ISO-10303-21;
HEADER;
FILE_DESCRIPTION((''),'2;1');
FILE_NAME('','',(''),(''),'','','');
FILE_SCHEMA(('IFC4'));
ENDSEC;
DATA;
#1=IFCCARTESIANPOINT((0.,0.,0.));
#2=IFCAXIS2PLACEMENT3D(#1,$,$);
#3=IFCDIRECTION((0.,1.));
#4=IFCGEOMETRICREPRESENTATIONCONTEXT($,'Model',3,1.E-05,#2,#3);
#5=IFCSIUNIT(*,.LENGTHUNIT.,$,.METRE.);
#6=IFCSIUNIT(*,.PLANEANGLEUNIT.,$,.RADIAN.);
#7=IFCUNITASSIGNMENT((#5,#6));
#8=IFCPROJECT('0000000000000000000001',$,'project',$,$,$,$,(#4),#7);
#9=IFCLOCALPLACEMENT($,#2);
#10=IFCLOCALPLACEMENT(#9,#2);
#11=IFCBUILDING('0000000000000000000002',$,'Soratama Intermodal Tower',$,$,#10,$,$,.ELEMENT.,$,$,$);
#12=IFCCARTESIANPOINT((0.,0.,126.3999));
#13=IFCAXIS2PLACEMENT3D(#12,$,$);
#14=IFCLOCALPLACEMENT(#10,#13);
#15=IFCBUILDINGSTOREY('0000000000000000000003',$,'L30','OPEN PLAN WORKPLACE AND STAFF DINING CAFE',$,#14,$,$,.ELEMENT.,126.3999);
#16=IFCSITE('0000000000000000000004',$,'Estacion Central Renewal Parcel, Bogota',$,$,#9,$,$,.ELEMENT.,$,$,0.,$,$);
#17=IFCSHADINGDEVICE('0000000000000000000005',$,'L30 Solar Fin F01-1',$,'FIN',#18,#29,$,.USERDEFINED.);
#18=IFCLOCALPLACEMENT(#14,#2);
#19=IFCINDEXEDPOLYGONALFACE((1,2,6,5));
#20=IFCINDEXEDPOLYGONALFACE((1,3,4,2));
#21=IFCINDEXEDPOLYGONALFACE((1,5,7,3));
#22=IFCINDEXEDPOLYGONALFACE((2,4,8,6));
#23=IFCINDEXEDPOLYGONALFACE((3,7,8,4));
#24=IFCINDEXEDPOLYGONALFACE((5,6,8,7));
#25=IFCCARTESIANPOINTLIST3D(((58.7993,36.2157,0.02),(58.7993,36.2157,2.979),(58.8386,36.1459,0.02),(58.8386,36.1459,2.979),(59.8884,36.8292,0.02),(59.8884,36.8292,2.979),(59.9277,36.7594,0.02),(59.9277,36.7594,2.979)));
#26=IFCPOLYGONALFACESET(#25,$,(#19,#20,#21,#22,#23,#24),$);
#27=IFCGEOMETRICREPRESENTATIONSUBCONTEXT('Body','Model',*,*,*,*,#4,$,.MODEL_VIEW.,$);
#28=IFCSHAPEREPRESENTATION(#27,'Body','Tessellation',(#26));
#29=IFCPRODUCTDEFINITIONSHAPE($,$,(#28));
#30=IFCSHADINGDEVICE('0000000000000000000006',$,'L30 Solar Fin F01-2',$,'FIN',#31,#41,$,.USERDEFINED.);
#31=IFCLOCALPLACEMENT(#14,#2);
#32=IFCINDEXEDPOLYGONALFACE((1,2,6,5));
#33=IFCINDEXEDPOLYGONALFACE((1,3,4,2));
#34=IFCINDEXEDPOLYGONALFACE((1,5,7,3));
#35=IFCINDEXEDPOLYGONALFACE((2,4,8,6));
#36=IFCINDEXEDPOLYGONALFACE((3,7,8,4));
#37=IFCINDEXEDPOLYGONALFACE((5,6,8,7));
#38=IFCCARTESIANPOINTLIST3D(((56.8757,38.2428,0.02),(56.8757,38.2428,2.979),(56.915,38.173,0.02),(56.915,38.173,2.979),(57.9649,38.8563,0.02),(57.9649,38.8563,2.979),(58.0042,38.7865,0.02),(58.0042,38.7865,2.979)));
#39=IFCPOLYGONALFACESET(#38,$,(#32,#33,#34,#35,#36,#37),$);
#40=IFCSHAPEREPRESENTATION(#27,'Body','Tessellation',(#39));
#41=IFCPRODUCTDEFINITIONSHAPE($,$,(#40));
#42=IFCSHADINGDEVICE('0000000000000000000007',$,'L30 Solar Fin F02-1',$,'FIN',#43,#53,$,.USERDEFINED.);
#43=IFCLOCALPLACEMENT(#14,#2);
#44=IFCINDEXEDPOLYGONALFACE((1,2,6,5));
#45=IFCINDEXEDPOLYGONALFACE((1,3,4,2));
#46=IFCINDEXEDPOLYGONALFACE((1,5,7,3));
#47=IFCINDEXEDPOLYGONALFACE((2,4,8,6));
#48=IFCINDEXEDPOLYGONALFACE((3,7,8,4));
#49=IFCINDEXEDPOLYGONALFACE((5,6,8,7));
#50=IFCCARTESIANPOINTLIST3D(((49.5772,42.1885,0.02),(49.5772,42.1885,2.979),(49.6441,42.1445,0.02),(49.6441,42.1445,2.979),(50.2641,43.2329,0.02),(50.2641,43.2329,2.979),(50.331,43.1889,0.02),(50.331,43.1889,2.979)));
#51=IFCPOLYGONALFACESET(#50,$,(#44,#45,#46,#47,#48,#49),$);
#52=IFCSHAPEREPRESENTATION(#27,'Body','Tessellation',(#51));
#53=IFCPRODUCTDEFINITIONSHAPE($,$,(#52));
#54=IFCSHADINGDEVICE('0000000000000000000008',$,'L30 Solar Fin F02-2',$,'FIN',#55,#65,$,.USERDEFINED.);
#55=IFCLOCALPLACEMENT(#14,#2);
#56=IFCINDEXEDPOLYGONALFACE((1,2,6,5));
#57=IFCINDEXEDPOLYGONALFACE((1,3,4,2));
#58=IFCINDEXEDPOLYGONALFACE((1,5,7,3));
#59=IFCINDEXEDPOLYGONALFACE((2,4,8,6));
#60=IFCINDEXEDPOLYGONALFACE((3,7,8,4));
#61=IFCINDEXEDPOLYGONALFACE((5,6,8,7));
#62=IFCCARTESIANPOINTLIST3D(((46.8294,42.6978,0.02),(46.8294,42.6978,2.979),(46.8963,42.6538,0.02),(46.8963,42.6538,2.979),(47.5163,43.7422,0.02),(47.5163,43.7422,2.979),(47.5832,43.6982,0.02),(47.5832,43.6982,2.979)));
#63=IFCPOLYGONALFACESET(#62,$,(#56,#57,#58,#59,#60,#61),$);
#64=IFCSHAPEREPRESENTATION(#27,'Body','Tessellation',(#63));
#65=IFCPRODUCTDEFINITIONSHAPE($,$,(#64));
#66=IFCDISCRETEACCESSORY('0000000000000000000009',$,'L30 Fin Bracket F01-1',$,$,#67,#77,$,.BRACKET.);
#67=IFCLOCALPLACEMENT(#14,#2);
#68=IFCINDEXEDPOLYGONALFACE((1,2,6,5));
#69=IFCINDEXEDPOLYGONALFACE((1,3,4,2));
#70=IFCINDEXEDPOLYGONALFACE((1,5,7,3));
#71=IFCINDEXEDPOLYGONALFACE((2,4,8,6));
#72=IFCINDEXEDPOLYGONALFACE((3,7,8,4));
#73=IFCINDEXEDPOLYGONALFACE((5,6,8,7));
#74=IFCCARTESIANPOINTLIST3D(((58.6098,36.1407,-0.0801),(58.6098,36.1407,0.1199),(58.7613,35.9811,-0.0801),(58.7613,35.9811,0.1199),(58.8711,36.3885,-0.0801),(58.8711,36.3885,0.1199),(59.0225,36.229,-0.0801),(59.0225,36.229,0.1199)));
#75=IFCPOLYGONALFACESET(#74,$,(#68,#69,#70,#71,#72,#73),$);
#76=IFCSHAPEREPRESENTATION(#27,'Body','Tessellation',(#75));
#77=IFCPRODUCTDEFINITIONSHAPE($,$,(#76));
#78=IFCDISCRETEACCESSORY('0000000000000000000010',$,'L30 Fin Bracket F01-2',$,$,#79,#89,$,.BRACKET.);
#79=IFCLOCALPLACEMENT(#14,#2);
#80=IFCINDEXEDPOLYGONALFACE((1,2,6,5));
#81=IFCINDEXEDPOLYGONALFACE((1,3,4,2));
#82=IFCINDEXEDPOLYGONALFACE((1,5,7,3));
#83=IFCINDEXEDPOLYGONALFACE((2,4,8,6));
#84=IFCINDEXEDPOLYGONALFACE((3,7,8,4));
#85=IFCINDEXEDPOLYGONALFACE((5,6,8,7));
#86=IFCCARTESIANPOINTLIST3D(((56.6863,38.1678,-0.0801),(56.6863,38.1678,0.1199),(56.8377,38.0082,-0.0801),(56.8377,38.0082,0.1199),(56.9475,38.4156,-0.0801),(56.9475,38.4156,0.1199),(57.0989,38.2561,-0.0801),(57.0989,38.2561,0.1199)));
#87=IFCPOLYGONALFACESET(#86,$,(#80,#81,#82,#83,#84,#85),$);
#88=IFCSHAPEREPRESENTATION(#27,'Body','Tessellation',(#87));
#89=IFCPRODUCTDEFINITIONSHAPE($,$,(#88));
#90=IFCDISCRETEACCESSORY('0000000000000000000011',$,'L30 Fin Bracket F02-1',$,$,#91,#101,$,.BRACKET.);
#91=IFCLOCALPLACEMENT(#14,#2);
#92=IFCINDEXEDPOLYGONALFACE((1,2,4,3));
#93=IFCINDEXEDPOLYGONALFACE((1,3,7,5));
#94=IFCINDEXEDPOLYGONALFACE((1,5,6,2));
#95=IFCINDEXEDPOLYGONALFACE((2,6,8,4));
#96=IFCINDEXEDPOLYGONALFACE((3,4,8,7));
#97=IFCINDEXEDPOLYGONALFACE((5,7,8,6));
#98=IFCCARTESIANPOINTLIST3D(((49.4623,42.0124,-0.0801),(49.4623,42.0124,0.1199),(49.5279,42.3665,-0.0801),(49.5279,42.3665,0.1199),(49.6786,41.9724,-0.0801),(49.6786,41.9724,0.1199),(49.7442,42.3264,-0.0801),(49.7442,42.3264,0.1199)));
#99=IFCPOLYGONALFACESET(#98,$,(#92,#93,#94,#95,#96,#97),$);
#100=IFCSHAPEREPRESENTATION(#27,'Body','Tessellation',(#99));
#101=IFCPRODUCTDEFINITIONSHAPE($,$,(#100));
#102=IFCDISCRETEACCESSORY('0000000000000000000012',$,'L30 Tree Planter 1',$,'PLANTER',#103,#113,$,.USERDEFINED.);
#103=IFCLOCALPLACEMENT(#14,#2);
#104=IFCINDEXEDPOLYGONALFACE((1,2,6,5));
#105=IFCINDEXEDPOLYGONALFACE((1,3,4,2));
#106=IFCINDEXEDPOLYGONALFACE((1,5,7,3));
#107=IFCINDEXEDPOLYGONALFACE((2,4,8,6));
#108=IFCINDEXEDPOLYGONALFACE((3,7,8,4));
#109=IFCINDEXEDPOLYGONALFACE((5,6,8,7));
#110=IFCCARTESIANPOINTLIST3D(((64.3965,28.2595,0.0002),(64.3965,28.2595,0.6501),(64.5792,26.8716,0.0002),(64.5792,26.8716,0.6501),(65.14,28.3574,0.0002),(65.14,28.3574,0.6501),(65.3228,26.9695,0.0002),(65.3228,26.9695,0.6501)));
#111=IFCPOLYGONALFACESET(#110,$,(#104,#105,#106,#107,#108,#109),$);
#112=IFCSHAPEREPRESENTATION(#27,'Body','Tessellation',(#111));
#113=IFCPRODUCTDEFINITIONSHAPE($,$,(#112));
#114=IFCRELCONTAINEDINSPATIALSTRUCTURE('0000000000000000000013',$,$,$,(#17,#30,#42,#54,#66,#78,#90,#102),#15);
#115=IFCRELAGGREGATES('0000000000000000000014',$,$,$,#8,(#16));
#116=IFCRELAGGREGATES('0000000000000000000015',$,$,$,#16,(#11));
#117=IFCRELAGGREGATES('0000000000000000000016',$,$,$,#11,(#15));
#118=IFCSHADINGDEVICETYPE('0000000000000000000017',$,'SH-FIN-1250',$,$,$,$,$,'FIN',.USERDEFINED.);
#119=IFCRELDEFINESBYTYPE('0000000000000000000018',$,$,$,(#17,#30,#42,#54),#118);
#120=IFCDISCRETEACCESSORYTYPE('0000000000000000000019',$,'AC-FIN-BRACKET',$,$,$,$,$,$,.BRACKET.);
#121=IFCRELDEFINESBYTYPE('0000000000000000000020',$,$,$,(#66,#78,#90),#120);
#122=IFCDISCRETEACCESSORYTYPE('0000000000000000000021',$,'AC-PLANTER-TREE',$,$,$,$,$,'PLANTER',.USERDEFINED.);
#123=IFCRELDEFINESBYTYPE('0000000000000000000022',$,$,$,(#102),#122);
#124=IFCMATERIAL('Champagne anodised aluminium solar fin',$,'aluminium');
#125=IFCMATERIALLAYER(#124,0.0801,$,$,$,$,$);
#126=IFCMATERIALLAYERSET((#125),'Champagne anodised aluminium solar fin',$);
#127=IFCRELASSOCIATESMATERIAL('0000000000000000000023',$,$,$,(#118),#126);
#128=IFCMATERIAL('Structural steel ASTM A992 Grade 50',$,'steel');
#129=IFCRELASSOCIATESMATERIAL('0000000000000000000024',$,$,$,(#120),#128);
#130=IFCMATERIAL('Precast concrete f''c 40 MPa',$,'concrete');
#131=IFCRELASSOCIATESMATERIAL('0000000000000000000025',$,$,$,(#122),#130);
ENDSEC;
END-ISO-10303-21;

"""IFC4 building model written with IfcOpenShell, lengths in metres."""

from ifc_helpers import new_model, si_unit, direction, frame, origin, origin_2d, place, context, subcontext, project, spatial, rectangle, extrude, material, layer, layer_set, type_object, element, save


model = new_model("IFC4")

# Units and contexts
model_context = context("Model", 3, precision=1e-05, world=origin(), true_north=direction((0.0, 1.0)))
body_context = subcontext(model_context, "Body", "Model", "MODEL_VIEW")
ifc_project = project(units=[si_unit("LENGTHUNIT", "METRE"), si_unit("PLANEANGLEUNIT", "RADIAN")], contexts=[model_context])

# Site, building, storey
site_placement = place(None, origin())
site = spatial("IfcSite", under=ifc_project, at=site_placement, Name="Estacion Central Renewal Parcel, Bogota", CompositionType="ELEMENT", RefElevation=0.0)
building_placement = place(site_placement, origin())
building = spatial("IfcBuilding", under=site, at=building_placement, Name="Soratama Intermodal Tower", CompositionType="ELEMENT")
storey_placement = place(building_placement, frame((0.0, 0.0, 126.3999)))
storey = spatial("IfcBuildingStorey", under=building, at=storey_placement, Name="L30", Description="OPEN PLAN WORKPLACE AND STAFF DINING CAFE", CompositionType="ELEMENT", Elevation=126.3999)

# Shading devices
ifc_material_1 = material(Name="Champagne anodised aluminium solar fin", Category="aluminium")
ifc_layer_1 = layer(ifc_material_1, 0.0801)
ifc_layer_set_1 = layer_set([ifc_layer_1], Name="Champagne anodised aluminium solar fin")
shading_device_type = type_object("IfcShadingDeviceType", Name="SH-FIN-1250", ElementType="FIN", PredefinedType="USERDEFINED", material=ifc_layer_set_1)
for number, where, z_axis, x_axis, name in (
    (1, (59.3635, 36.4875, 0.02), (0.0, 0.0, 1.0), (0.871299, 0.490752, 0.0), "L30 Solar Fin F01-1"),
    (2, (57.4399, 38.5146, 0.02), (0.0, 0.0, 1.0), (0.871299, 0.490752, 0.0), "L30 Solar Fin F01-2"),
    (3, (49.9541, 42.6887, 0.02), (0.0, 0.0, 1.0), (0.54946, 0.83552, 0.0), "L30 Solar Fin F02-1"),
    (4, (47.2063, 43.198, 0.02), (0.0, 0.0, 1.0), (0.54946, 0.83552, 0.0), "L30 Solar Fin F02-2"),
):
    element("IfcShadingDevice", number, at=place(storey_placement, frame(where, z_axis=z_axis, x_axis=x_axis)), inside=storey, type_object=shading_device_type, Name=name, ObjectType="FIN", PredefinedType="USERDEFINED", context=body_context, shape_type="SweptSolid", body=[
        extrude(rectangle(XDim=1.25, YDim=0.0801, at=origin_2d()), origin(), (0.0, 0.0, 1.0), 2.959),
    ])

# Discrete accessories
ifc_material_2 = material(Name="Structural steel ASTM A992 Grade 50", Category="steel")
discrete_accessory_type_1 = type_object("IfcDiscreteAccessoryType", Name="AC-FIN-BRACKET", PredefinedType="BRACKET", material=ifc_material_2)
for number, where, z_axis, x_axis, name in (
    (5, (58.8162, 36.1848, -0.0801), (0.0, 0.0, 1.0), (0.725374, 0.688355, 0.0), "L30 Fin Bracket F01-1"),
    (6, (56.8926, 38.2119, -0.0801), (0.0, 0.0, 1.0), (0.725374, 0.688355, 0.0), "L30 Fin Bracket F01-2"),
    (7, (49.6033, 42.1694, -0.0801), (0.0, 0.0, 1.0), (0.182236, 0.983255, 0.0), "L30 Fin Bracket F02-1"),
):
    element("IfcDiscreteAccessory", number, at=place(storey_placement, frame(where, z_axis=z_axis, x_axis=x_axis)), inside=storey, type_object=discrete_accessory_type_1, Name=name, PredefinedType="BRACKET", context=body_context, shape_type="SweptSolid", body=[
        extrude(rectangle(XDim=0.3601, YDim=0.22, at=origin_2d()), origin(), (0.0, 0.0, 1.0), 0.2),
    ])
ifc_material_3 = material(Name="Precast concrete f'c 40 MPa", Category="concrete")
discrete_accessory_type_2 = type_object("IfcDiscreteAccessoryType", Name="AC-PLANTER-TREE", ElementType="PLANTER", PredefinedType="USERDEFINED", material=ifc_material_3)
discrete_accessory_placement = place(storey_placement, frame((64.8596, 27.6145, 0.0002), z_axis=(0.0, 0.0, 1.0), x_axis=(0.991445, 0.130526, 0.0)))
element("IfcDiscreteAccessory", 8, at=discrete_accessory_placement, inside=storey, type_object=discrete_accessory_type_2, Name="L30 Tree Planter 1", ObjectType="PLANTER", PredefinedType="USERDEFINED", context=body_context, shape_type="SweptSolid", body=[
    extrude(rectangle(XDim=0.75, YDim=1.3999, at=origin_2d()), origin(), (0.0, 0.0, 1.0), 0.6499),
])

save(model, "model.ifc")
